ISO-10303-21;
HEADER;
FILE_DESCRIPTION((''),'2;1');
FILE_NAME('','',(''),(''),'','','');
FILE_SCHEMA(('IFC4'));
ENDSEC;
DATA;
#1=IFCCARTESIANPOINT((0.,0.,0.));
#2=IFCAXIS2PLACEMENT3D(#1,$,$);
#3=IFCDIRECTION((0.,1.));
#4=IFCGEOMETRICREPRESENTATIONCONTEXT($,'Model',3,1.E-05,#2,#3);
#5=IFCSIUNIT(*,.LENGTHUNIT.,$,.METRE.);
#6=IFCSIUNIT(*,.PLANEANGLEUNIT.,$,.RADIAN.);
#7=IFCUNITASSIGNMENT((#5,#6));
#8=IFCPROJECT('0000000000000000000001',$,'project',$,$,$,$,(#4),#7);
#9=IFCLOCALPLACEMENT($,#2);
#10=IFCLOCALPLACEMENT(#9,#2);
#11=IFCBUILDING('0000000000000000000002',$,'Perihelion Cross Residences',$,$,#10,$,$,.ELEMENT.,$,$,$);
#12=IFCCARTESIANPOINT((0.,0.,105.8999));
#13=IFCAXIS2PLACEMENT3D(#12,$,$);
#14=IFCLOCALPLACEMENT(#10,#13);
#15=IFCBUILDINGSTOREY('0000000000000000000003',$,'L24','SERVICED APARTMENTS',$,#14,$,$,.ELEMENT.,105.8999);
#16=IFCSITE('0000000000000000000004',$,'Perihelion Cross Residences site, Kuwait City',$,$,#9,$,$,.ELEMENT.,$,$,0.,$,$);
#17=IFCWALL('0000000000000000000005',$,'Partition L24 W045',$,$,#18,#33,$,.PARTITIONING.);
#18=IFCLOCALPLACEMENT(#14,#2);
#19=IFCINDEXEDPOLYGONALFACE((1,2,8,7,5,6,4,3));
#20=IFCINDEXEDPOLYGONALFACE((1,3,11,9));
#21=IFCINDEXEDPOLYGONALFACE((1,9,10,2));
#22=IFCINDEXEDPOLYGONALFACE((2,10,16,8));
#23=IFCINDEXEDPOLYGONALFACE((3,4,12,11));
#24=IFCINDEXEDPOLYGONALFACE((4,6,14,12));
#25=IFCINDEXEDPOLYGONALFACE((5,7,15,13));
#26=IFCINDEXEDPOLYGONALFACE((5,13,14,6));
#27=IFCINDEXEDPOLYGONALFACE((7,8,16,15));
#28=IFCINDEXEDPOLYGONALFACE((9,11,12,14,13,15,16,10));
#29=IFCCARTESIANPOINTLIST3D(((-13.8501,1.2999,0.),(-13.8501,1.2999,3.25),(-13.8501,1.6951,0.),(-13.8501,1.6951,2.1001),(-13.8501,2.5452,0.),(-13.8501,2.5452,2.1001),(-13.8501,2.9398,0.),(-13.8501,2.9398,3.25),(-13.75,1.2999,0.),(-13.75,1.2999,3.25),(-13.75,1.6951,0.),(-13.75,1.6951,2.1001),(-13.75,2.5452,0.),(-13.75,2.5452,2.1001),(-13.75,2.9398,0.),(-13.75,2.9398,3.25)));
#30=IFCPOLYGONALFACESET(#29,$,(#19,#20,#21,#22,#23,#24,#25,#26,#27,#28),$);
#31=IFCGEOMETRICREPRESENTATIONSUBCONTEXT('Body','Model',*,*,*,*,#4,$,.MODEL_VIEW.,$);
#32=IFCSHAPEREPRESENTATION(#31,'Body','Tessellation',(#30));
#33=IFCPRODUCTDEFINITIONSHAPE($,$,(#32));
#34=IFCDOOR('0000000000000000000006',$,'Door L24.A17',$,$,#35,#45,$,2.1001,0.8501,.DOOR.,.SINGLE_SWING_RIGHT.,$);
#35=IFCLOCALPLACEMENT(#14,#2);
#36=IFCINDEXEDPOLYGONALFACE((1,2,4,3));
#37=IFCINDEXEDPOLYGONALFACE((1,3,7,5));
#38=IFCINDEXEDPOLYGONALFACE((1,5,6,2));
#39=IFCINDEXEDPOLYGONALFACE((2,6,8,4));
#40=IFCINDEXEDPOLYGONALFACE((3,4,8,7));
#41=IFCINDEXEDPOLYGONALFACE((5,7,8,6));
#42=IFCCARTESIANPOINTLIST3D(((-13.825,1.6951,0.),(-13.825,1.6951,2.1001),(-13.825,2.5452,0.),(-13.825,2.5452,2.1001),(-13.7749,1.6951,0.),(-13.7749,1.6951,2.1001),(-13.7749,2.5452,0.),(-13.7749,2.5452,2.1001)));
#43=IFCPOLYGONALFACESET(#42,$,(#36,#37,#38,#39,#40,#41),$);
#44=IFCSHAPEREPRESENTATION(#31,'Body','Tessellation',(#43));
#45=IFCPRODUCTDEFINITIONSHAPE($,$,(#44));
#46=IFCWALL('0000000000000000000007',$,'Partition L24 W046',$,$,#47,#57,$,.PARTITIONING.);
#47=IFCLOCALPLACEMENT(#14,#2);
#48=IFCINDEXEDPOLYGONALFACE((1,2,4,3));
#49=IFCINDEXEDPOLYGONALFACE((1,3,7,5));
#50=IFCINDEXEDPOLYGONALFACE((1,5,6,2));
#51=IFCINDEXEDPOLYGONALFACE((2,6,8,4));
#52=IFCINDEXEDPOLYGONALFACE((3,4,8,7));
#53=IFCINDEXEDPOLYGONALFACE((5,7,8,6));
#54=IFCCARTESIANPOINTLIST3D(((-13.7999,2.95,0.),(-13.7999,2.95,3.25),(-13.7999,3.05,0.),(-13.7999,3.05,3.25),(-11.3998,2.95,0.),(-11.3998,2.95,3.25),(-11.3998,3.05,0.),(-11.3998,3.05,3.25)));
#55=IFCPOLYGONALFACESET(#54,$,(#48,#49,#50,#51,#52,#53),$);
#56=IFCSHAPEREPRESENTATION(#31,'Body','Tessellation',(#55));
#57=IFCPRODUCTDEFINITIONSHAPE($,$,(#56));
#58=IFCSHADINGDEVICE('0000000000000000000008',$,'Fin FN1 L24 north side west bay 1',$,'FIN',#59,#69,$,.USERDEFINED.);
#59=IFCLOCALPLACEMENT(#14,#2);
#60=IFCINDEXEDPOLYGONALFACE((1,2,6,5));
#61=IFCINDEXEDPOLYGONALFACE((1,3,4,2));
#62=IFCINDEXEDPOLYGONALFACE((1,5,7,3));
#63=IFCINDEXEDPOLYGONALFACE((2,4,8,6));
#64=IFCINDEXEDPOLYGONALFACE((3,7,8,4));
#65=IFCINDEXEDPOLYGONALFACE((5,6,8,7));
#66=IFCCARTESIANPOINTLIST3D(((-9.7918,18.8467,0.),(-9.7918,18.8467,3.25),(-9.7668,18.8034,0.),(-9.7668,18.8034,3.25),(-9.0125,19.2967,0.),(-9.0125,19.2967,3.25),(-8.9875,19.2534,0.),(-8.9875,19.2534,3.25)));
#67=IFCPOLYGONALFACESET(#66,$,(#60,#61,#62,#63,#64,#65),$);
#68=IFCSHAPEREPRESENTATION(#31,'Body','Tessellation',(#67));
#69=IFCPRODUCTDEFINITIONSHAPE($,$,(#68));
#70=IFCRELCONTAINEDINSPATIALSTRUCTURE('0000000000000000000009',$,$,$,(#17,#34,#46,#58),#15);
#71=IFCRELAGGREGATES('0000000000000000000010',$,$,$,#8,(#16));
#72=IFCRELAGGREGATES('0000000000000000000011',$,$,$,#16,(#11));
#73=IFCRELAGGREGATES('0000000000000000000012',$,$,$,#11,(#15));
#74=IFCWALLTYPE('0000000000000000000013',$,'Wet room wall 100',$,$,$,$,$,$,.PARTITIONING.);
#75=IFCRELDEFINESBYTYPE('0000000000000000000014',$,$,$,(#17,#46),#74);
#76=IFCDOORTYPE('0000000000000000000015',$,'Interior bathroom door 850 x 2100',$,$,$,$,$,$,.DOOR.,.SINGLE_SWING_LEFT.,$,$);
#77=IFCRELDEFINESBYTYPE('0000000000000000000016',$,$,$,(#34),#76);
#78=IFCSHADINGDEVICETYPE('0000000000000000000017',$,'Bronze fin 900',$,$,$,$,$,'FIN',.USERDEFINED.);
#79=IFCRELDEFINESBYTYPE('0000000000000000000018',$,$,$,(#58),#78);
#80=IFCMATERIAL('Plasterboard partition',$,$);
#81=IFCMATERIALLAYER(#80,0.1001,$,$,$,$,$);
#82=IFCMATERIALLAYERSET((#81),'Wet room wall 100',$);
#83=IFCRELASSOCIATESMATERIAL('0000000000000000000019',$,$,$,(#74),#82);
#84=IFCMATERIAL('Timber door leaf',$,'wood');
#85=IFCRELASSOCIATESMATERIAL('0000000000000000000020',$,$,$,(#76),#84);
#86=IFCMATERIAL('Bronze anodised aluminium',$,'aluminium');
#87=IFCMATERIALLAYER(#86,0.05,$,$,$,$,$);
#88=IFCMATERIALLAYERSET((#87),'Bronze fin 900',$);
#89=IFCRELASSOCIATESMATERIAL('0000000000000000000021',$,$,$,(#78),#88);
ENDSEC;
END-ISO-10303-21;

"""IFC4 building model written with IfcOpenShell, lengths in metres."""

from ifc_helpers import new_model, si_unit, direction, frame, frame_2d, origin, origin_2d, place, context, subcontext, project, spatial, rectangle, extrude, material, layer, layer_set, type_object, element, fill, save


model = new_model("IFC4")

# Units and contexts
model_context = context("Model", 3, precision=1e-05, world=origin(), true_north=direction((0.0, 1.0)))
body_context = subcontext(model_context, "Body", "Model", "MODEL_VIEW")
ifc_project = project(units=[si_unit("LENGTHUNIT", "METRE"), si_unit("PLANEANGLEUNIT", "RADIAN")], contexts=[model_context])

# Site, building, storey
site_placement = place(None, origin())
site = spatial("IfcSite", under=ifc_project, at=site_placement, Name="Perihelion Cross Residences site, Kuwait City", CompositionType="ELEMENT", RefElevation=0.0)
building_placement = place(site_placement, origin())
building = spatial("IfcBuilding", under=site, at=building_placement, Name="Perihelion Cross Residences", CompositionType="ELEMENT")
storey_placement = place(building_placement, frame((0.0, 0.0, 105.8999)))
storey = spatial("IfcBuildingStorey", under=building, at=storey_placement, Name="L24", Description="SERVICED APARTMENTS", CompositionType="ELEMENT", Elevation=105.8999)

# Shared definitions
ifc_material_1 = material(Name="Plasterboard partition")
ifc_layer_1 = layer(ifc_material_1, 0.1001)
ifc_layer_set_1 = layer_set([ifc_layer_1], Name="Wet room wall 100")
wall_type_1 = type_object("IfcWallType", Name="Wet room wall 100", PredefinedType="PARTITIONING", material=ifc_layer_set_1)

# Wall, opening, door
wall_1_placement = place(storey_placement, frame((-13.8, 1.3, 0.0), z_axis=(0.0, 0.0, 1.0), x_axis=(0.0, 1.0, 0.0)))
wall_1 = element("IfcWall", 1, at=wall_1_placement, inside=storey, type_object=wall_type_1, Name="Partition L24 W045", PredefinedType="PARTITIONING", context=body_context, shape_type="SweptSolid", body=[
    extrude(rectangle(XDim=1.6399, YDim=0.1001, at=frame_2d((0.8198, 0.0))), origin(), (0.0, 0.0, 1.0), 3.25),
])
opening_1_placement = place(wall_1_placement, frame((0.395, 0.0, 0.0)))
opening_1 = element("IfcOpeningElement", 2, at=opening_1_placement, cuts=wall_1, PredefinedType="OPENING", context=body_context, shape_type="SweptSolid", body=[
    extrude(rectangle(XDim=0.8501, YDim=2.1001, at=frame_2d((0.425, 1.05))), frame((0.0, 0.0601, 0.0), z_axis=(0.0, -1.0, 0.0), x_axis=(1.0, 0.0, 0.0)), (0.0, 0.0, 1.0), 0.1201),
])
ifc_material_2 = material(Name="Timber door leaf", Category="wood")
door_type_1 = type_object("IfcDoorType", Name="Interior bathroom door 850 x 2100", OperationType="SINGLE_SWING_LEFT", PredefinedType="DOOR", material=ifc_material_2)
door_1_placement = place(opening_1_placement, origin())
door_1 = element("IfcDoor", 3, at=door_1_placement, inside=storey, type_object=door_type_1, Name="Door L24.A17", OperationType="SINGLE_SWING_RIGHT", OverallHeight=2.1001, OverallWidth=0.8501, PredefinedType="DOOR", context=body_context, shape_type="SweptSolid", body=[
    extrude(rectangle(XDim=0.8501, YDim=2.1001, at=frame_2d((0.425, 1.05))), frame((0.0, 0.0249, 0.0), z_axis=(0.0, -1.0, 0.0), x_axis=(1.0, 0.0, 0.0)), (0.0, 0.0, 1.0), 0.05),
])
fill(opening_1, door_1)

# Wall
wall_2_placement = place(storey_placement, frame((-13.8, 3.0, 0.0), z_axis=(0.0, 0.0, 1.0), x_axis=(1.0, 0.0, 0.0)))
element("IfcWall", 4, at=wall_2_placement, inside=storey, type_object=wall_type_1, Name="Partition L24 W046", PredefinedType="PARTITIONING", context=body_context, shape_type="SweptSolid", body=[
    extrude(rectangle(XDim=2.4001, YDim=0.1001, at=frame_2d((1.2002, 0.0))), origin(), (0.0, 0.0, 1.0), 3.25),
])

# Shading device
ifc_material_3 = material(Name="Bronze anodised aluminium", Category="aluminium")
ifc_layer_2 = layer(ifc_material_3, 0.05)
ifc_layer_set_2 = layer_set([ifc_layer_2], Name="Bronze fin 900")
shading_device_type = type_object("IfcShadingDeviceType", Name="Bronze fin 900", ElementType="FIN", PredefinedType="USERDEFINED", material=ifc_layer_set_2)
shading_device_placement = place(storey_placement, frame((-9.3896, 19.05, 0.0), z_axis=(0.0, 0.0, 1.0), x_axis=(-0.866025, -0.5, 0.0)))
element("IfcShadingDevice", 5, at=shading_device_placement, inside=storey, type_object=shading_device_type, Name="Fin FN1 L24 north side west bay 1", ObjectType="FIN", PredefinedType="USERDEFINED", context=body_context, shape_type="SweptSolid", body=[
    extrude(rectangle(XDim=0.8999, YDim=0.05, at=origin_2d()), origin(), (0.0, 0.0, 1.0), 3.25),
])

save(model, "model.ifc")
